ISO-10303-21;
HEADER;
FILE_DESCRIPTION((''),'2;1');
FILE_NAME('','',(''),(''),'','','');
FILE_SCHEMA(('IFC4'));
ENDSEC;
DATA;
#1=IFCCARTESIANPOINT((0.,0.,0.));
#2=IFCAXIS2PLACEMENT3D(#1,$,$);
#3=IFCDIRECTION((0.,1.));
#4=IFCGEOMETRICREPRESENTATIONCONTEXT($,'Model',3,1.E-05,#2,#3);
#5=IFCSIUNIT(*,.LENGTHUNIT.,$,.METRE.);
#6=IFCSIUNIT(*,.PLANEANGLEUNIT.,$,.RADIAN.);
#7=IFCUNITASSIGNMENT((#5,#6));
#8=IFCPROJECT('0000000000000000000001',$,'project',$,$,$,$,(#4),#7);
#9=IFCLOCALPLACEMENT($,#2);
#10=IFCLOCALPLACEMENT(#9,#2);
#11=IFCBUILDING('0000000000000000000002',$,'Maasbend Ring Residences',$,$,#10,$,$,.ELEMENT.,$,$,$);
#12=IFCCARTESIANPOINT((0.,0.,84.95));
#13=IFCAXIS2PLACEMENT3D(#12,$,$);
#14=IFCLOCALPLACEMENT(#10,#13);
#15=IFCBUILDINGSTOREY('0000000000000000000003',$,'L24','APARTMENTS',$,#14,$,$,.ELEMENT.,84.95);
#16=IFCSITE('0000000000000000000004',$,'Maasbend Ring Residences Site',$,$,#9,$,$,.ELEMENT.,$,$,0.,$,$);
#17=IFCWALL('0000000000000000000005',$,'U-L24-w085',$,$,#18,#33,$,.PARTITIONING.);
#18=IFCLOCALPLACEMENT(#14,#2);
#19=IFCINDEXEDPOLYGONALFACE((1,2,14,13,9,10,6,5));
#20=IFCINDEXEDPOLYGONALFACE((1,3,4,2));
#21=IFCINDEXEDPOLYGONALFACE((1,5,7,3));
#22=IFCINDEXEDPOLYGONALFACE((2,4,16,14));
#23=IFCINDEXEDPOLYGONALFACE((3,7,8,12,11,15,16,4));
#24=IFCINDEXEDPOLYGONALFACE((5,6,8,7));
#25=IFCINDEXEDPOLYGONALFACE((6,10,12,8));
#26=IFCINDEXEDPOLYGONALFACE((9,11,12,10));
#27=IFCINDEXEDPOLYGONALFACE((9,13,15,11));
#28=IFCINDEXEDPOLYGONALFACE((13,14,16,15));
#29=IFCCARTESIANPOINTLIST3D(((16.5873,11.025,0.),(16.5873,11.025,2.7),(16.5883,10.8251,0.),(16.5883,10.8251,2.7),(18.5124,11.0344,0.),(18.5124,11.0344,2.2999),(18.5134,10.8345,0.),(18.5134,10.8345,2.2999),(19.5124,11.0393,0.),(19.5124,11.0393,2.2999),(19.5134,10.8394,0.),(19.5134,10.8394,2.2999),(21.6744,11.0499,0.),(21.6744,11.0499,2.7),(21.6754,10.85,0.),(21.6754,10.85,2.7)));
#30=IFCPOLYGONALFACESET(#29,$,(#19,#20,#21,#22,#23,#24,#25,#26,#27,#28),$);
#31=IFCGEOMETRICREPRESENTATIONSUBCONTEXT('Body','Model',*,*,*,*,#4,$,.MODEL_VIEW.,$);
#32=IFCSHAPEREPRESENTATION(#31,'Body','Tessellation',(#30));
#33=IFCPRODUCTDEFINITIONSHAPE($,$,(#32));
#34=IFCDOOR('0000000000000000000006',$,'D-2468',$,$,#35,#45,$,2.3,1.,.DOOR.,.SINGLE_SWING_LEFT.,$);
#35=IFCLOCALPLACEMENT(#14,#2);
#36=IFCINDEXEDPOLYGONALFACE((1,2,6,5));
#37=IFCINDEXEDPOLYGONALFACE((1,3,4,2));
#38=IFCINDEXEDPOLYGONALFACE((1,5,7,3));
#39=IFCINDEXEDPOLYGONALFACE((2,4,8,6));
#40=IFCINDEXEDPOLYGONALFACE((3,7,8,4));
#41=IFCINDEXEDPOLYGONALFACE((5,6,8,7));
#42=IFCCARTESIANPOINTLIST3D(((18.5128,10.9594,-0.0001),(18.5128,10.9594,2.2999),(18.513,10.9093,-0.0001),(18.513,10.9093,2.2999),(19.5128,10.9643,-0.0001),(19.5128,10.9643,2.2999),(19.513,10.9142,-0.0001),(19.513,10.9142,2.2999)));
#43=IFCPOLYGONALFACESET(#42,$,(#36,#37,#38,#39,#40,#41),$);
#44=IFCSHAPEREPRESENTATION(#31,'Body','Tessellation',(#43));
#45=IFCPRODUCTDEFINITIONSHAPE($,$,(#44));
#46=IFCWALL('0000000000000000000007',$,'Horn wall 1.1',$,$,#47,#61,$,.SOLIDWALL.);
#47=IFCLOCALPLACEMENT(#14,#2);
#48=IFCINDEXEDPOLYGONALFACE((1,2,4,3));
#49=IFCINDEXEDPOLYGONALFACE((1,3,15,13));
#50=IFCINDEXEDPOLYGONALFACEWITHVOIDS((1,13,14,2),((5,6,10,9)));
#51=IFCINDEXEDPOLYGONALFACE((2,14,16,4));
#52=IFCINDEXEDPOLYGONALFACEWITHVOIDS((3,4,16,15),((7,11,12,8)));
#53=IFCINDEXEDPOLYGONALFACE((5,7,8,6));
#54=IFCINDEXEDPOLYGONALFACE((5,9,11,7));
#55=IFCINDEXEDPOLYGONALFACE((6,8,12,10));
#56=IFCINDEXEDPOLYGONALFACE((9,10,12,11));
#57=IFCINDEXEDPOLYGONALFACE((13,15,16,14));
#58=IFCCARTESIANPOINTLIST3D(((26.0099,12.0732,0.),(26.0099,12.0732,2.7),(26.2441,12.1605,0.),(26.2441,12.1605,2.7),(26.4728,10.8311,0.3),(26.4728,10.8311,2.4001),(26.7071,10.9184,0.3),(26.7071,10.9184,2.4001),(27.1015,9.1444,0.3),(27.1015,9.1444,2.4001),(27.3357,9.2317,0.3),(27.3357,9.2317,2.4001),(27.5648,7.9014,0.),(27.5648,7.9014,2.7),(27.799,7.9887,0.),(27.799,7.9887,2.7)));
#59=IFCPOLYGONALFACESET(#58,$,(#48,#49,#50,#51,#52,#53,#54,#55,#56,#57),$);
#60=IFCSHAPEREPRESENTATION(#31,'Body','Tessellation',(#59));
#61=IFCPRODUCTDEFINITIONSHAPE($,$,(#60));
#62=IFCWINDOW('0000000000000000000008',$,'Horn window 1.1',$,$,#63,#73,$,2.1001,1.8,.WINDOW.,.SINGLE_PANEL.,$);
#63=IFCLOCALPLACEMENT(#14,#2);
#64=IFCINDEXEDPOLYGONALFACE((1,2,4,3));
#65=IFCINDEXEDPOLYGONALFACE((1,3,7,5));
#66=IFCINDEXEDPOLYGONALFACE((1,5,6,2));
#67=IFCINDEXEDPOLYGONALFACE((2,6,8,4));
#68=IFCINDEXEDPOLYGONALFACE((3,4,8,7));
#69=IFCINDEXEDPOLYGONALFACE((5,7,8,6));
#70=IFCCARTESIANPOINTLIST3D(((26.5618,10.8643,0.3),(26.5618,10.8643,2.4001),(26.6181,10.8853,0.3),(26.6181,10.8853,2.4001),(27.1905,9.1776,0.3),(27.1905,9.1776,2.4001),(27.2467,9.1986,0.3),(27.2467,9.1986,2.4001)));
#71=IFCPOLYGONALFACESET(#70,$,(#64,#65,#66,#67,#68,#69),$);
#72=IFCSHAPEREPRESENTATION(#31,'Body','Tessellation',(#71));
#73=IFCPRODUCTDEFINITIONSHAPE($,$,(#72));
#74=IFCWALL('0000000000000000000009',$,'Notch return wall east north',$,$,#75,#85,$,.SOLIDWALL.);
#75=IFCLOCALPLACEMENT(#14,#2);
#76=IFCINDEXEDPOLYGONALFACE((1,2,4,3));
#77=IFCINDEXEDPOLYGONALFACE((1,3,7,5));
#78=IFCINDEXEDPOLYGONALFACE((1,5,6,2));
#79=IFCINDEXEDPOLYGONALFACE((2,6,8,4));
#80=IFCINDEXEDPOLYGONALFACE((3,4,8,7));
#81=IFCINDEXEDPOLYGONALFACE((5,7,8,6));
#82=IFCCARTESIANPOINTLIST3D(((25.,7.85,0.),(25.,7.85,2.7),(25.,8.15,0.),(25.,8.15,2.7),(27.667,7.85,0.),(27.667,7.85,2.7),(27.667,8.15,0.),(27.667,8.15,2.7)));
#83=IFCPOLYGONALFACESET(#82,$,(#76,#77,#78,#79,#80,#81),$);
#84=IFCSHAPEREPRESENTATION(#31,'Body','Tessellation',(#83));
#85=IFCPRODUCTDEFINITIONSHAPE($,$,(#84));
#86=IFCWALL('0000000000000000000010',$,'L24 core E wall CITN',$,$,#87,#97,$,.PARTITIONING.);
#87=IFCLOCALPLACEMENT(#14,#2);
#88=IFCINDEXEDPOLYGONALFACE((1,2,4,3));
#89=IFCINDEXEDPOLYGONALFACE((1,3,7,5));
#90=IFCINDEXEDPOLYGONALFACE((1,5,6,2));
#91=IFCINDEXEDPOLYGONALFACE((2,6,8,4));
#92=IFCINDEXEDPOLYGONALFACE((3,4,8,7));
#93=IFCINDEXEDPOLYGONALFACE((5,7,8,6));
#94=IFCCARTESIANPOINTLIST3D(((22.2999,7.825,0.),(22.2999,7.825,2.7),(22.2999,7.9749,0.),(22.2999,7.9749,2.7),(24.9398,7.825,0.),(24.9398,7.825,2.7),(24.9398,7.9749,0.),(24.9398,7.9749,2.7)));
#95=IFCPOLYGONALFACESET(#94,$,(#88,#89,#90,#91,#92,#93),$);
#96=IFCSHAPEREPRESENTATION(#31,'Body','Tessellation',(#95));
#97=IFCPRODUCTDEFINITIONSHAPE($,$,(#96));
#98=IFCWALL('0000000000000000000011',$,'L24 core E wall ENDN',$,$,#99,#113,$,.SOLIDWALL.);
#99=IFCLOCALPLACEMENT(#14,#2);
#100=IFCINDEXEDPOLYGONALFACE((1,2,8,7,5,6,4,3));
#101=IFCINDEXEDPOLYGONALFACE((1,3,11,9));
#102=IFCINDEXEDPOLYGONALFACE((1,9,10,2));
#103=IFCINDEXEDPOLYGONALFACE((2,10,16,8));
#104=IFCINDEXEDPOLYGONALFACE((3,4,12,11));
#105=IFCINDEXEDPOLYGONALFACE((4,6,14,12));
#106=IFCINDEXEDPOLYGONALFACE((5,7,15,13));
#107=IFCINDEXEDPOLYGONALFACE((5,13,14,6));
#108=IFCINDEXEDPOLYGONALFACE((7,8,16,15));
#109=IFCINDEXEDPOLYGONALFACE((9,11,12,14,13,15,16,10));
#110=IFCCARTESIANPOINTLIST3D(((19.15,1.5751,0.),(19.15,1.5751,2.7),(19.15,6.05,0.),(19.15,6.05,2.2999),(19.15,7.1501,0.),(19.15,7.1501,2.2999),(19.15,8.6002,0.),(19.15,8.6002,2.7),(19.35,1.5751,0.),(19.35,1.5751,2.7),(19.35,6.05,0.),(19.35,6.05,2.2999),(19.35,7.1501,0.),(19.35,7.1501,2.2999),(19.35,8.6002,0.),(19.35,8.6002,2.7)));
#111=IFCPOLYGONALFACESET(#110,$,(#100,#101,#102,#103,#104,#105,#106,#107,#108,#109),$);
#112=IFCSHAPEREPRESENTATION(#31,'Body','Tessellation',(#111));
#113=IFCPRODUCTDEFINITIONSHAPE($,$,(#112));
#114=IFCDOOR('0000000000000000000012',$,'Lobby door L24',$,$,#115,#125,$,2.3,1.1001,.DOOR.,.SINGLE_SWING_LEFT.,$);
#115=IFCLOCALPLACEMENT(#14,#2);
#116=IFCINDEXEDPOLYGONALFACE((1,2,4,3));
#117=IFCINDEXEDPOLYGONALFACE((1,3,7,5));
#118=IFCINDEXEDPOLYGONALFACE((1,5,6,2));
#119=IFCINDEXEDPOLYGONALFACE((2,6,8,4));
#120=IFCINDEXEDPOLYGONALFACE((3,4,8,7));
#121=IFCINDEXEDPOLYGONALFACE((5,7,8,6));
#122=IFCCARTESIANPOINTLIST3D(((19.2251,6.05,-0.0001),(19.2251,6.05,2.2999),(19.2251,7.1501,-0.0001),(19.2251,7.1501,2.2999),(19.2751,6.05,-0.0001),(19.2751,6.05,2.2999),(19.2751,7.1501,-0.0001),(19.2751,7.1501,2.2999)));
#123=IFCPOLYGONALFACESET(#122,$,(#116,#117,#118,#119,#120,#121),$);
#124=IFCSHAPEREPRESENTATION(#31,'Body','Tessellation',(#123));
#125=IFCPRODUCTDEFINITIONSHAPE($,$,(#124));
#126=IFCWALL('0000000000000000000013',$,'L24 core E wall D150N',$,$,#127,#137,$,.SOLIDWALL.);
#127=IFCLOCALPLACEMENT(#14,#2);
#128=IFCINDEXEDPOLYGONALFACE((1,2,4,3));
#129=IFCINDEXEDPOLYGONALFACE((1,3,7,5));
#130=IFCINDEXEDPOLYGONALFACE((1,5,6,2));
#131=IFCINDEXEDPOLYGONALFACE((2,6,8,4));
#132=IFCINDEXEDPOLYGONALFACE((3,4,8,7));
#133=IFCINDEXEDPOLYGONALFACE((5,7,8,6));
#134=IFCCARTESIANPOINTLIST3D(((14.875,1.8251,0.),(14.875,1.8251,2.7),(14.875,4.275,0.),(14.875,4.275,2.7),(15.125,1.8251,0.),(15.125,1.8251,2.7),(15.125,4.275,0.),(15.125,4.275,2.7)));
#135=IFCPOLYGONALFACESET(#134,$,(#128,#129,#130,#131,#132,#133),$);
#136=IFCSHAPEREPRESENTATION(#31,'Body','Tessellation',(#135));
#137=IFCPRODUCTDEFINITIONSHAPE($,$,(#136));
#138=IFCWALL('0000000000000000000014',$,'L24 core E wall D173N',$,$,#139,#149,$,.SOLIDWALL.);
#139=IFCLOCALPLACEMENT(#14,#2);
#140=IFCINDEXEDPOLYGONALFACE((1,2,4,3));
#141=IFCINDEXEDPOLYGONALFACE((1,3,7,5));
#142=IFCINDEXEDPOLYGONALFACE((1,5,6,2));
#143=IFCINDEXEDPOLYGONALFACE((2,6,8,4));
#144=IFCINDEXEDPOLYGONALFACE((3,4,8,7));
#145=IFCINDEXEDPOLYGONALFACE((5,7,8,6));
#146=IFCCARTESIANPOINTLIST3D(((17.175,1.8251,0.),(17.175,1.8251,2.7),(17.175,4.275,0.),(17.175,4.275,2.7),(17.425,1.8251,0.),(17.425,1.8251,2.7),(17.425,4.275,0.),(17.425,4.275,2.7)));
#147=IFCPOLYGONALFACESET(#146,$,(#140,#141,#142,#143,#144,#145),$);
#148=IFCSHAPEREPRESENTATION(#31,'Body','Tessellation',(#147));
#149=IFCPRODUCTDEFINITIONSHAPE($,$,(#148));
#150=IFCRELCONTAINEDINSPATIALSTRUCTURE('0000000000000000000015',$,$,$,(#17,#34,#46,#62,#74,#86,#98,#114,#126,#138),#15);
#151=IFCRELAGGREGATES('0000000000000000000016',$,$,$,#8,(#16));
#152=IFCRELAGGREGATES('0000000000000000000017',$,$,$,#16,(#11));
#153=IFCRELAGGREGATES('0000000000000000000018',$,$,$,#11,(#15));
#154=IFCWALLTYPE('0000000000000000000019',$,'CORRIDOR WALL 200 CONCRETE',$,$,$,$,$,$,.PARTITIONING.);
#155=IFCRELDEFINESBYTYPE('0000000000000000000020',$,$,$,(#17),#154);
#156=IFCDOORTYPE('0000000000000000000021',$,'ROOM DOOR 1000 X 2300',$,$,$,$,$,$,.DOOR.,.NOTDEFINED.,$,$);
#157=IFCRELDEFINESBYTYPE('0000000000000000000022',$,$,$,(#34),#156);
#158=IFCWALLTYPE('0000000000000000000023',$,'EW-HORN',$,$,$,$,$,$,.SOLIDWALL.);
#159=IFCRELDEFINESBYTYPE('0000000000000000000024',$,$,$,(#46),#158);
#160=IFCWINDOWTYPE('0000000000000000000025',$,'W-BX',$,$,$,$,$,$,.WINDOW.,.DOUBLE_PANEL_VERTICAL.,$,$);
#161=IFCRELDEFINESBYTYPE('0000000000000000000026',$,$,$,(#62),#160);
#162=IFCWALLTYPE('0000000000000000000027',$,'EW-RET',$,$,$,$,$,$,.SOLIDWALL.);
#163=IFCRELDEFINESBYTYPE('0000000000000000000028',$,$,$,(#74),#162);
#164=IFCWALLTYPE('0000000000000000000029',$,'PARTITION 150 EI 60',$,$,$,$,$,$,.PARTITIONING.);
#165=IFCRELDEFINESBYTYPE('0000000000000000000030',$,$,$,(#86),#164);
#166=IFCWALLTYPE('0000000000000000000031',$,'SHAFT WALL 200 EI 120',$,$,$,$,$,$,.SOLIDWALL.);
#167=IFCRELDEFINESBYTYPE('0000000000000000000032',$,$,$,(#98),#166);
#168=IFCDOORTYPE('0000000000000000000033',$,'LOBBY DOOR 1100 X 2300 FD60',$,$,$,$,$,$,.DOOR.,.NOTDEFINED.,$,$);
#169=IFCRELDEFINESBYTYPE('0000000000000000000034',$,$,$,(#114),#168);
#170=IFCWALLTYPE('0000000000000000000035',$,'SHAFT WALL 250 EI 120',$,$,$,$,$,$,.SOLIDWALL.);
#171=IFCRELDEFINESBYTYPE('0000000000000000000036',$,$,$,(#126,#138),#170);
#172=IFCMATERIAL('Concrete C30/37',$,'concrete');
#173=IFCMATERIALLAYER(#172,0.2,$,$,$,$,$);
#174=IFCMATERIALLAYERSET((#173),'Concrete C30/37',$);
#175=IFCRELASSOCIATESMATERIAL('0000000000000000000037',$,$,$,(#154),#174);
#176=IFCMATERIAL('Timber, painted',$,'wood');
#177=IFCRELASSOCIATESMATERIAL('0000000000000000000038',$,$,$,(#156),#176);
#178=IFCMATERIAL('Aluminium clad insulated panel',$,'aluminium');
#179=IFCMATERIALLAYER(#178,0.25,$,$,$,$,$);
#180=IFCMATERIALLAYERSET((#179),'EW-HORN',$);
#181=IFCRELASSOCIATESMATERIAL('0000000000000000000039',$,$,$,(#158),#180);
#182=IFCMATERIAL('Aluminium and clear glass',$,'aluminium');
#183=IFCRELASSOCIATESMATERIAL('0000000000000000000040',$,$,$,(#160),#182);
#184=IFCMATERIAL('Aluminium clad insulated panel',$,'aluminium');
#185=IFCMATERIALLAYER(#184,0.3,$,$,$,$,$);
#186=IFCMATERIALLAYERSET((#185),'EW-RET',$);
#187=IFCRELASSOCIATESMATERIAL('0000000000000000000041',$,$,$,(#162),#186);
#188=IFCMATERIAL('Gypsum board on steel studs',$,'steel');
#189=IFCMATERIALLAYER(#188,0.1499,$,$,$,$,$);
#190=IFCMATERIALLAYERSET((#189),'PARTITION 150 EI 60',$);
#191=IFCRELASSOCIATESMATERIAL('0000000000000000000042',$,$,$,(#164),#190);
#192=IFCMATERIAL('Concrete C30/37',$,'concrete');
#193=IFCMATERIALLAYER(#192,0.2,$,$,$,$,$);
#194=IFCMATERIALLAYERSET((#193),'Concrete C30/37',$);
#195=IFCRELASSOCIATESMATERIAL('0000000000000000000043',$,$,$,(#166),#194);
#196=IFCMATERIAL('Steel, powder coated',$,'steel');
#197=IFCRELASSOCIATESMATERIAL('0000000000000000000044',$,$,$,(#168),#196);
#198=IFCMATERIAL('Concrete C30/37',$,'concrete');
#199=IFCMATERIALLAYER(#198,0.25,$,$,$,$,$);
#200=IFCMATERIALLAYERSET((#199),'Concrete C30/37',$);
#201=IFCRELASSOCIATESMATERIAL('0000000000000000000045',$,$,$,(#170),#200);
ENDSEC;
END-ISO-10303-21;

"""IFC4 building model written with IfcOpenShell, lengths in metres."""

from ifc_helpers import new_model, si_unit, direction, frame, frame_2d, origin, place, context, subcontext, project, spatial, rectangle, extrude, material, layer, layer_set, type_object, element, fill, save


model = new_model("IFC4")

# Units and contexts
model_context = context("Model", 3, precision=1e-05, world=origin(), true_north=direction((0.0, 1.0)))
body_context = subcontext(model_context, "Body", "Model", "MODEL_VIEW")
ifc_project = project(units=[si_unit("LENGTHUNIT", "METRE"), si_unit("PLANEANGLEUNIT", "RADIAN")], contexts=[model_context])

# Site, building, storey
site_placement = place(None, origin())
site = spatial("IfcSite", under=ifc_project, at=site_placement, Name="Maasbend Ring Residences Site", CompositionType="ELEMENT", RefElevation=0.0)
building_placement = place(site_placement, origin())
building = spatial("IfcBuilding", under=site, at=building_placement, Name="Maasbend Ring Residences", CompositionType="ELEMENT")
storey_placement = place(building_placement, frame((0.0, 0.0, 84.95)))
storey = spatial("IfcBuildingStorey", under=building, at=storey_placement, Name="L24", Description="APARTMENTS", CompositionType="ELEMENT", Elevation=84.95)

# Shared definitions
ifc_material_1 = material(Name="Concrete C30/37", Category="concrete")
ifc_layer_1 = layer(ifc_material_1, 0.2)
ifc_layer_set_1 = layer_set([ifc_layer_1], Name="Concrete C30/37")
wall_type_1 = type_object("IfcWallType", Name="CORRIDOR WALL 200 CONCRETE", PredefinedType="PARTITIONING", material=ifc_layer_set_1)

# Wall, opening, door
wall_1_placement = place(storey_placement, frame((16.5879, 10.925, 0.0), z_axis=(0.0, 0.0, 1.0), x_axis=(0.999988, 0.004895, 0.0)))
wall_1 = element("IfcWall", 1, at=wall_1_placement, inside=storey, type_object=wall_type_1, Name="U-L24-w085", PredefinedType="PARTITIONING", context=body_context, shape_type="SweptSolid", body=[
    extrude(rectangle(XDim=5.0872, YDim=0.2, at=frame_2d((2.5435, 0.0))), origin(), (0.0, 0.0, 1.0), 2.7),
])
opening_1_placement = place(wall_1_placement, frame((1.925, 0.0, 0.0)))
opening_1 = element("IfcOpeningElement", 2, at=opening_1_placement, cuts=wall_1, PredefinedType="OPENING", context=body_context, shape_type="SweptSolid", body=[
    extrude(rectangle(XDim=1.0, YDim=2.3, at=frame_2d((0.5, 1.1499))), frame((0.0, 0.1099, 0.0), z_axis=(0.0, -1.0, 0.0), x_axis=(1.0, 0.0, 0.0)), (0.0, 0.0, 1.0), 0.22),
])
ifc_material_2 = material(Name="Timber, painted", Category="wood")
door_type_1 = type_object("IfcDoorType", Name="ROOM DOOR 1000 X 2300", OperationType="NOTDEFINED", PredefinedType="DOOR", material=ifc_material_2)
door_1_placement = place(opening_1_placement, origin())
door_1 = element("IfcDoor", 3, at=door_1_placement, inside=storey, type_object=door_type_1, Name="D-2468", OperationType="SINGLE_SWING_LEFT", OverallHeight=2.3, OverallWidth=1.0, PredefinedType="DOOR", context=body_context, shape_type="SweptSolid", body=[
    extrude(rectangle(XDim=1.0, YDim=2.3, at=frame_2d((0.5, 1.1499))), frame((0.0, 0.0249, 0.0), z_axis=(0.0, -1.0, 0.0), x_axis=(1.0, 0.0, 0.0)), (0.0, 0.0, 1.0), 0.05),
])
fill(opening_1, door_1)

# Wall, opening, window
ifc_material_3 = material(Name="Aluminium clad insulated panel", Category="aluminium")
ifc_layer_2 = layer(ifc_material_3, 0.25)
ifc_layer_set_2 = layer_set([ifc_layer_2], Name="EW-HORN")
wall_type_2 = type_object("IfcWallType", Name="EW-HORN", PredefinedType="SOLIDWALL", material=ifc_layer_set_2)
wall_2_placement = place(storey_placement, frame((27.6819, 7.9451, 0.0), z_axis=(0.0, 0.0, 1.0), x_axis=(-0.349248, 0.93703, 0.0)))
wall_2 = element("IfcWall", 4, at=wall_2_placement, inside=storey, type_object=wall_type_2, Name="Horn wall 1.1", PredefinedType="SOLIDWALL", context=body_context, shape_type="SweptSolid", body=[
    extrude(rectangle(XDim=4.4521, YDim=0.25, at=frame_2d((2.2261, 0.0))), origin(), (0.0, 0.0, 1.0), 2.7),
])
opening_2_placement = place(wall_2_placement, frame((1.3267, 0.0, 0.3)))
opening_2 = element("IfcOpeningElement", 5, at=opening_2_placement, cuts=wall_2, PredefinedType="OPENING", context=body_context, shape_type="SweptSolid", body=[
    extrude(rectangle(XDim=1.8, YDim=2.1001, at=frame_2d((0.8999, 1.05))), frame((0.0, 0.135, 0.0), z_axis=(0.0, -1.0, 0.0), x_axis=(1.0, 0.0, 0.0)), (0.0, 0.0, 1.0), 0.27),
])
ifc_material_4 = material(Name="Aluminium and clear glass", Category="aluminium")
window_type = type_object("IfcWindowType", Name="W-BX", PartitioningType="DOUBLE_PANEL_VERTICAL", PredefinedType="WINDOW", material=ifc_material_4)
window_placement = place(opening_2_placement, origin())
window = element("IfcWindow", 6, at=window_placement, inside=storey, type_object=window_type, Name="Horn window 1.1", OverallHeight=2.1001, OverallWidth=1.8, PartitioningType="SINGLE_PANEL", PredefinedType="WINDOW", context=body_context, shape_type="SweptSolid", body=[
    extrude(rectangle(XDim=1.8, YDim=2.1001, at=frame_2d((0.8999, 1.05))), frame((0.0, 0.03, 0.0), z_axis=(0.0, -1.0, 0.0), x_axis=(1.0, 0.0, 0.0)), (0.0, 0.0, 1.0), 0.0601),
])
fill(opening_2, window)

# Walls
ifc_material_5 = material(Name="Aluminium clad insulated panel", Category="aluminium")
ifc_layer_3 = layer(ifc_material_5, 0.3)
ifc_layer_set_3 = layer_set([ifc_layer_3], Name="EW-RET")
wall_type_3 = type_object("IfcWallType", Name="EW-RET", PredefinedType="SOLIDWALL", material=ifc_layer_set_3)
wall_3_placement = place(storey_placement, frame((25.0, 8.0, 0.0), z_axis=(0.0, 0.0, 1.0), x_axis=(1.0, 0.0, 0.0)))
element("IfcWall", 7, at=wall_3_placement, inside=storey, type_object=wall_type_3, Name="Notch return wall east north", PredefinedType="SOLIDWALL", context=body_context, shape_type="SweptSolid", body=[
    extrude(rectangle(XDim=2.667, YDim=0.3, at=frame_2d((1.3335, 0.0))), origin(), (0.0, 0.0, 1.0), 2.7),
])
ifc_material_6 = material(Name="Gypsum board on steel studs", Category="steel")
ifc_layer_4 = layer(ifc_material_6, 0.1499)
ifc_layer_set_4 = layer_set([ifc_layer_4], Name="PARTITION 150 EI 60")
wall_type_4 = type_object("IfcWallType", Name="PARTITION 150 EI 60", PredefinedType="PARTITIONING", material=ifc_layer_set_4)
wall_4_placement = place(storey_placement, frame((22.3, 7.8999, 0.0), z_axis=(0.0, 0.0, 1.0), x_axis=(1.0, 0.0, 0.0)))
element("IfcWall", 8, at=wall_4_placement, inside=storey, type_object=wall_type_4, Name="L24 core E wall CITN", PredefinedType="PARTITIONING", context=body_context, shape_type="SweptSolid", body=[
    extrude(rectangle(XDim=2.6399, YDim=0.1499, at=frame_2d((1.3198, 0.0))), origin(), (0.0, 0.0, 1.0), 2.7),
])

# Wall, opening, door
ifc_material_7 = material(Name="Concrete C30/37", Category="concrete")
ifc_layer_5 = layer(ifc_material_7, 0.2)
ifc_layer_set_5 = layer_set([ifc_layer_5], Name="Concrete C30/37")
wall_type_5 = type_object("IfcWallType", Name="SHAFT WALL 200 EI 120", PredefinedType="SOLIDWALL", material=ifc_layer_set_5)
wall_5_placement = place(storey_placement, frame((19.25, 1.575, 0.0), z_axis=(0.0, 0.0, 1.0), x_axis=(0.0, 1.0, 0.0)))
wall_5 = element("IfcWall", 9, at=wall_5_placement, inside=storey, type_object=wall_type_5, Name="L24 core E wall ENDN", PredefinedType="SOLIDWALL", context=body_context, shape_type="SweptSolid", body=[
    extrude(rectangle(XDim=7.0251, YDim=0.2, at=frame_2d((3.5127, 0.0))), origin(), (0.0, 0.0, 1.0), 2.7),
])
opening_3_placement = place(wall_5_placement, frame((4.4751, 0.0, 0.0)))
opening_3 = element("IfcOpeningElement", 10, at=opening_3_placement, cuts=wall_5, PredefinedType="OPENING", context=body_context, shape_type="SweptSolid", body=[
    extrude(rectangle(XDim=1.1001, YDim=2.3, at=frame_2d((0.55, 1.1499))), frame((0.0, 0.1099, 0.0), z_axis=(0.0, -1.0, 0.0), x_axis=(1.0, 0.0, 0.0)), (0.0, 0.0, 1.0), 0.22),
])
ifc_material_8 = material(Name="Steel, powder coated", Category="steel")
door_type_2 = type_object("IfcDoorType", Name="LOBBY DOOR 1100 X 2300 FD60", OperationType="NOTDEFINED", PredefinedType="DOOR", material=ifc_material_8)
door_2_placement = place(opening_3_placement, origin())
door_2 = element("IfcDoor", 11, at=door_2_placement, inside=storey, type_object=door_type_2, Name="Lobby door L24", OperationType="SINGLE_SWING_LEFT", OverallHeight=2.3, OverallWidth=1.1001, PredefinedType="DOOR", context=body_context, shape_type="SweptSolid", body=[
    extrude(rectangle(XDim=1.1001, YDim=2.3, at=frame_2d((0.55, 1.1499))), frame((0.0, 0.0249, 0.0), z_axis=(0.0, -1.0, 0.0), x_axis=(1.0, 0.0, 0.0)), (0.0, 0.0, 1.0), 0.05),
])
fill(opening_3, door_2)

# Walls
ifc_material_9 = material(Name="Concrete C30/37", Category="concrete")
ifc_layer_6 = layer(ifc_material_9, 0.25)
ifc_layer_set_6 = layer_set([ifc_layer_6], Name="Concrete C30/37")
wall_type_6 = type_object("IfcWallType", Name="SHAFT WALL 250 EI 120", PredefinedType="SOLIDWALL", material=ifc_layer_set_6)
for number, where, z_axis, x_axis, name in (
    (12, (15.0, 1.825, 0.0), (0.0, 0.0, 1.0), (0.0, 1.0, 0.0), "L24 core E wall D150N"),
    (13, (17.3, 1.825, 0.0), (0.0, 0.0, 1.0), (0.0, 1.0, 0.0), "L24 core E wall D173N"),
):
    element("IfcWall", number, at=place(storey_placement, frame(where, z_axis=z_axis, x_axis=x_axis)), inside=storey, type_object=wall_type_6, Name=name, PredefinedType="SOLIDWALL", context=body_context, shape_type="SweptSolid", body=[
        extrude(rectangle(XDim=2.45, YDim=0.25, at=frame_2d((1.2251, 0.0))), origin(), (0.0, 0.0, 1.0), 2.7),
    ])

save(model, "model.ifc")
